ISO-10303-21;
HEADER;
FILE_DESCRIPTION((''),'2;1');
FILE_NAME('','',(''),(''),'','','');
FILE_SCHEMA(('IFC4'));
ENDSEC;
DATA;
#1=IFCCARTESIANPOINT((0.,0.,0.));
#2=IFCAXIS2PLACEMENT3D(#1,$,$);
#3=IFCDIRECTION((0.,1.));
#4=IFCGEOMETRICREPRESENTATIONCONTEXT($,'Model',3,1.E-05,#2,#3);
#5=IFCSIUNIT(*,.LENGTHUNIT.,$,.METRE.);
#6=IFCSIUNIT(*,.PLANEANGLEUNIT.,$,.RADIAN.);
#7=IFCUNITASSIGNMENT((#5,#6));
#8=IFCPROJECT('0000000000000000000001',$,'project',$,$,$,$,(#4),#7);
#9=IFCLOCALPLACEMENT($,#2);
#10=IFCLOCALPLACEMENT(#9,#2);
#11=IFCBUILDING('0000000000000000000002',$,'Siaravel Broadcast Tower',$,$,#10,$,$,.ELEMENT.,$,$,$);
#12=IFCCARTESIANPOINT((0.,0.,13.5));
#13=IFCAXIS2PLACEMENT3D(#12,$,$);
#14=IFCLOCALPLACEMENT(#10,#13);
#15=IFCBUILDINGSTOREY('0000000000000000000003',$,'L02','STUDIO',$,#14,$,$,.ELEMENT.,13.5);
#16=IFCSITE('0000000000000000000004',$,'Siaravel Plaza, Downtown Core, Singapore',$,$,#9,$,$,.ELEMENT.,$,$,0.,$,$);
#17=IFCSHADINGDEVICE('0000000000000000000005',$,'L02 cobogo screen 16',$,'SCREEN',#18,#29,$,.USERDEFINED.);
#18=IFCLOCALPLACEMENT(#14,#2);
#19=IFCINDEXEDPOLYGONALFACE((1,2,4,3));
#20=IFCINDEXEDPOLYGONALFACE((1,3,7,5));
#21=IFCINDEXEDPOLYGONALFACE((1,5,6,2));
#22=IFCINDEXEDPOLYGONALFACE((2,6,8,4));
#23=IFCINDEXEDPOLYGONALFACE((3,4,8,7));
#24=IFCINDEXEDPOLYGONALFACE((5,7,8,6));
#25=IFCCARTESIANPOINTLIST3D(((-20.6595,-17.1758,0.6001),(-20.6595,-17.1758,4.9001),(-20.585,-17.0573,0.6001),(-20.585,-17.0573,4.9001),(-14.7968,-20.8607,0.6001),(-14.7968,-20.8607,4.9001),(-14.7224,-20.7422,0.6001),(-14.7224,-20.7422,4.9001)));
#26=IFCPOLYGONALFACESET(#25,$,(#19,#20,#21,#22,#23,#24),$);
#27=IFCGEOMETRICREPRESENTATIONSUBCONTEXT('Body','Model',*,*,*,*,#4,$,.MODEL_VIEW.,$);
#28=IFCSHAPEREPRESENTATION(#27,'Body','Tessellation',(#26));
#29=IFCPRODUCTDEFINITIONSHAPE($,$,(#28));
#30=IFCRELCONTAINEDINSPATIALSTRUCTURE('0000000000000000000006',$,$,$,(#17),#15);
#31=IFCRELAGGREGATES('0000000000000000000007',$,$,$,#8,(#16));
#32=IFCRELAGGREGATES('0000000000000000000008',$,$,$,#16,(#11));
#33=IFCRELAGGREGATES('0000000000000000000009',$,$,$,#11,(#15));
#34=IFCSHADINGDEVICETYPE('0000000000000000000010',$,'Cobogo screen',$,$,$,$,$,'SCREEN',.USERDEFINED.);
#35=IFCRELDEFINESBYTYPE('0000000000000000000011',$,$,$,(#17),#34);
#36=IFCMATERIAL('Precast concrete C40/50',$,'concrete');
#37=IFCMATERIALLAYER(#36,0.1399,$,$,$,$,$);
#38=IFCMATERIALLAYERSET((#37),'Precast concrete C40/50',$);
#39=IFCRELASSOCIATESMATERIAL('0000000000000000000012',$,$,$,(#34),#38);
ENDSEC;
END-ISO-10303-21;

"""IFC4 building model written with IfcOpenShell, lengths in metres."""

from ifc_helpers import new_model, si_unit, direction, frame, origin, origin_2d, place, context, subcontext, project, spatial, rectangle, extrude, material, layer, layer_set, type_object, element, save


model = new_model("IFC4")

# Units and contexts
model_context = context("Model", 3, precision=1e-05, world=origin(), true_north=direction((0.0, 1.0)))
body_context = subcontext(model_context, "Body", "Model", "MODEL_VIEW")
ifc_project = project(units=[si_unit("LENGTHUNIT", "METRE"), si_unit("PLANEANGLEUNIT", "RADIAN")], contexts=[model_context])

# Site, building, storey
site_placement = place(None, origin())
site = spatial("IfcSite", under=ifc_project, at=site_placement, Name="Siaravel Plaza, Downtown Core, Singapore", CompositionType="ELEMENT", RefElevation=0.0)
building_placement = place(site_placement, origin())
building = spatial("IfcBuilding", under=site, at=building_placement, Name="Siaravel Broadcast Tower", CompositionType="ELEMENT")
storey_placement = place(building_placement, frame((0.0, 0.0, 13.5)))
storey = spatial("IfcBuildingStorey", under=building, at=storey_placement, Name="L02", Description="STUDIO", CompositionType="ELEMENT", Elevation=13.5)

# Shading device
ifc_material_1 = material(Name="Precast concrete C40/50", Category="concrete")
ifc_layer_1 = layer(ifc_material_1, 0.1399)
ifc_layer_set_1 = layer_set([ifc_layer_1], Name="Precast concrete C40/50")
shading_device_type_1 = type_object("IfcShadingDeviceType", Name="Cobogo screen", ElementType="SCREEN", PredefinedType="USERDEFINED", material=ifc_layer_set_1)
shading_device_1_placement = place(storey_placement, frame((-17.6909, -18.959, 0.6001), z_axis=(0.0, 0.0, 1.0), x_axis=(0.84665, -0.532149, 0.0)))
element("IfcShadingDevice", 1, at=shading_device_1_placement, inside=storey, type_object=shading_device_type_1, Name="L02 cobogo screen 16", ObjectType="SCREEN", PredefinedType="USERDEFINED", context=body_context, shape_type="SweptSolid", body=[
    extrude(rectangle(XDim=6.9246, YDim=0.1399, at=origin_2d()), origin(), (0.0, 0.0, 1.0), 4.3),
])

save(model, "model.ifc")
